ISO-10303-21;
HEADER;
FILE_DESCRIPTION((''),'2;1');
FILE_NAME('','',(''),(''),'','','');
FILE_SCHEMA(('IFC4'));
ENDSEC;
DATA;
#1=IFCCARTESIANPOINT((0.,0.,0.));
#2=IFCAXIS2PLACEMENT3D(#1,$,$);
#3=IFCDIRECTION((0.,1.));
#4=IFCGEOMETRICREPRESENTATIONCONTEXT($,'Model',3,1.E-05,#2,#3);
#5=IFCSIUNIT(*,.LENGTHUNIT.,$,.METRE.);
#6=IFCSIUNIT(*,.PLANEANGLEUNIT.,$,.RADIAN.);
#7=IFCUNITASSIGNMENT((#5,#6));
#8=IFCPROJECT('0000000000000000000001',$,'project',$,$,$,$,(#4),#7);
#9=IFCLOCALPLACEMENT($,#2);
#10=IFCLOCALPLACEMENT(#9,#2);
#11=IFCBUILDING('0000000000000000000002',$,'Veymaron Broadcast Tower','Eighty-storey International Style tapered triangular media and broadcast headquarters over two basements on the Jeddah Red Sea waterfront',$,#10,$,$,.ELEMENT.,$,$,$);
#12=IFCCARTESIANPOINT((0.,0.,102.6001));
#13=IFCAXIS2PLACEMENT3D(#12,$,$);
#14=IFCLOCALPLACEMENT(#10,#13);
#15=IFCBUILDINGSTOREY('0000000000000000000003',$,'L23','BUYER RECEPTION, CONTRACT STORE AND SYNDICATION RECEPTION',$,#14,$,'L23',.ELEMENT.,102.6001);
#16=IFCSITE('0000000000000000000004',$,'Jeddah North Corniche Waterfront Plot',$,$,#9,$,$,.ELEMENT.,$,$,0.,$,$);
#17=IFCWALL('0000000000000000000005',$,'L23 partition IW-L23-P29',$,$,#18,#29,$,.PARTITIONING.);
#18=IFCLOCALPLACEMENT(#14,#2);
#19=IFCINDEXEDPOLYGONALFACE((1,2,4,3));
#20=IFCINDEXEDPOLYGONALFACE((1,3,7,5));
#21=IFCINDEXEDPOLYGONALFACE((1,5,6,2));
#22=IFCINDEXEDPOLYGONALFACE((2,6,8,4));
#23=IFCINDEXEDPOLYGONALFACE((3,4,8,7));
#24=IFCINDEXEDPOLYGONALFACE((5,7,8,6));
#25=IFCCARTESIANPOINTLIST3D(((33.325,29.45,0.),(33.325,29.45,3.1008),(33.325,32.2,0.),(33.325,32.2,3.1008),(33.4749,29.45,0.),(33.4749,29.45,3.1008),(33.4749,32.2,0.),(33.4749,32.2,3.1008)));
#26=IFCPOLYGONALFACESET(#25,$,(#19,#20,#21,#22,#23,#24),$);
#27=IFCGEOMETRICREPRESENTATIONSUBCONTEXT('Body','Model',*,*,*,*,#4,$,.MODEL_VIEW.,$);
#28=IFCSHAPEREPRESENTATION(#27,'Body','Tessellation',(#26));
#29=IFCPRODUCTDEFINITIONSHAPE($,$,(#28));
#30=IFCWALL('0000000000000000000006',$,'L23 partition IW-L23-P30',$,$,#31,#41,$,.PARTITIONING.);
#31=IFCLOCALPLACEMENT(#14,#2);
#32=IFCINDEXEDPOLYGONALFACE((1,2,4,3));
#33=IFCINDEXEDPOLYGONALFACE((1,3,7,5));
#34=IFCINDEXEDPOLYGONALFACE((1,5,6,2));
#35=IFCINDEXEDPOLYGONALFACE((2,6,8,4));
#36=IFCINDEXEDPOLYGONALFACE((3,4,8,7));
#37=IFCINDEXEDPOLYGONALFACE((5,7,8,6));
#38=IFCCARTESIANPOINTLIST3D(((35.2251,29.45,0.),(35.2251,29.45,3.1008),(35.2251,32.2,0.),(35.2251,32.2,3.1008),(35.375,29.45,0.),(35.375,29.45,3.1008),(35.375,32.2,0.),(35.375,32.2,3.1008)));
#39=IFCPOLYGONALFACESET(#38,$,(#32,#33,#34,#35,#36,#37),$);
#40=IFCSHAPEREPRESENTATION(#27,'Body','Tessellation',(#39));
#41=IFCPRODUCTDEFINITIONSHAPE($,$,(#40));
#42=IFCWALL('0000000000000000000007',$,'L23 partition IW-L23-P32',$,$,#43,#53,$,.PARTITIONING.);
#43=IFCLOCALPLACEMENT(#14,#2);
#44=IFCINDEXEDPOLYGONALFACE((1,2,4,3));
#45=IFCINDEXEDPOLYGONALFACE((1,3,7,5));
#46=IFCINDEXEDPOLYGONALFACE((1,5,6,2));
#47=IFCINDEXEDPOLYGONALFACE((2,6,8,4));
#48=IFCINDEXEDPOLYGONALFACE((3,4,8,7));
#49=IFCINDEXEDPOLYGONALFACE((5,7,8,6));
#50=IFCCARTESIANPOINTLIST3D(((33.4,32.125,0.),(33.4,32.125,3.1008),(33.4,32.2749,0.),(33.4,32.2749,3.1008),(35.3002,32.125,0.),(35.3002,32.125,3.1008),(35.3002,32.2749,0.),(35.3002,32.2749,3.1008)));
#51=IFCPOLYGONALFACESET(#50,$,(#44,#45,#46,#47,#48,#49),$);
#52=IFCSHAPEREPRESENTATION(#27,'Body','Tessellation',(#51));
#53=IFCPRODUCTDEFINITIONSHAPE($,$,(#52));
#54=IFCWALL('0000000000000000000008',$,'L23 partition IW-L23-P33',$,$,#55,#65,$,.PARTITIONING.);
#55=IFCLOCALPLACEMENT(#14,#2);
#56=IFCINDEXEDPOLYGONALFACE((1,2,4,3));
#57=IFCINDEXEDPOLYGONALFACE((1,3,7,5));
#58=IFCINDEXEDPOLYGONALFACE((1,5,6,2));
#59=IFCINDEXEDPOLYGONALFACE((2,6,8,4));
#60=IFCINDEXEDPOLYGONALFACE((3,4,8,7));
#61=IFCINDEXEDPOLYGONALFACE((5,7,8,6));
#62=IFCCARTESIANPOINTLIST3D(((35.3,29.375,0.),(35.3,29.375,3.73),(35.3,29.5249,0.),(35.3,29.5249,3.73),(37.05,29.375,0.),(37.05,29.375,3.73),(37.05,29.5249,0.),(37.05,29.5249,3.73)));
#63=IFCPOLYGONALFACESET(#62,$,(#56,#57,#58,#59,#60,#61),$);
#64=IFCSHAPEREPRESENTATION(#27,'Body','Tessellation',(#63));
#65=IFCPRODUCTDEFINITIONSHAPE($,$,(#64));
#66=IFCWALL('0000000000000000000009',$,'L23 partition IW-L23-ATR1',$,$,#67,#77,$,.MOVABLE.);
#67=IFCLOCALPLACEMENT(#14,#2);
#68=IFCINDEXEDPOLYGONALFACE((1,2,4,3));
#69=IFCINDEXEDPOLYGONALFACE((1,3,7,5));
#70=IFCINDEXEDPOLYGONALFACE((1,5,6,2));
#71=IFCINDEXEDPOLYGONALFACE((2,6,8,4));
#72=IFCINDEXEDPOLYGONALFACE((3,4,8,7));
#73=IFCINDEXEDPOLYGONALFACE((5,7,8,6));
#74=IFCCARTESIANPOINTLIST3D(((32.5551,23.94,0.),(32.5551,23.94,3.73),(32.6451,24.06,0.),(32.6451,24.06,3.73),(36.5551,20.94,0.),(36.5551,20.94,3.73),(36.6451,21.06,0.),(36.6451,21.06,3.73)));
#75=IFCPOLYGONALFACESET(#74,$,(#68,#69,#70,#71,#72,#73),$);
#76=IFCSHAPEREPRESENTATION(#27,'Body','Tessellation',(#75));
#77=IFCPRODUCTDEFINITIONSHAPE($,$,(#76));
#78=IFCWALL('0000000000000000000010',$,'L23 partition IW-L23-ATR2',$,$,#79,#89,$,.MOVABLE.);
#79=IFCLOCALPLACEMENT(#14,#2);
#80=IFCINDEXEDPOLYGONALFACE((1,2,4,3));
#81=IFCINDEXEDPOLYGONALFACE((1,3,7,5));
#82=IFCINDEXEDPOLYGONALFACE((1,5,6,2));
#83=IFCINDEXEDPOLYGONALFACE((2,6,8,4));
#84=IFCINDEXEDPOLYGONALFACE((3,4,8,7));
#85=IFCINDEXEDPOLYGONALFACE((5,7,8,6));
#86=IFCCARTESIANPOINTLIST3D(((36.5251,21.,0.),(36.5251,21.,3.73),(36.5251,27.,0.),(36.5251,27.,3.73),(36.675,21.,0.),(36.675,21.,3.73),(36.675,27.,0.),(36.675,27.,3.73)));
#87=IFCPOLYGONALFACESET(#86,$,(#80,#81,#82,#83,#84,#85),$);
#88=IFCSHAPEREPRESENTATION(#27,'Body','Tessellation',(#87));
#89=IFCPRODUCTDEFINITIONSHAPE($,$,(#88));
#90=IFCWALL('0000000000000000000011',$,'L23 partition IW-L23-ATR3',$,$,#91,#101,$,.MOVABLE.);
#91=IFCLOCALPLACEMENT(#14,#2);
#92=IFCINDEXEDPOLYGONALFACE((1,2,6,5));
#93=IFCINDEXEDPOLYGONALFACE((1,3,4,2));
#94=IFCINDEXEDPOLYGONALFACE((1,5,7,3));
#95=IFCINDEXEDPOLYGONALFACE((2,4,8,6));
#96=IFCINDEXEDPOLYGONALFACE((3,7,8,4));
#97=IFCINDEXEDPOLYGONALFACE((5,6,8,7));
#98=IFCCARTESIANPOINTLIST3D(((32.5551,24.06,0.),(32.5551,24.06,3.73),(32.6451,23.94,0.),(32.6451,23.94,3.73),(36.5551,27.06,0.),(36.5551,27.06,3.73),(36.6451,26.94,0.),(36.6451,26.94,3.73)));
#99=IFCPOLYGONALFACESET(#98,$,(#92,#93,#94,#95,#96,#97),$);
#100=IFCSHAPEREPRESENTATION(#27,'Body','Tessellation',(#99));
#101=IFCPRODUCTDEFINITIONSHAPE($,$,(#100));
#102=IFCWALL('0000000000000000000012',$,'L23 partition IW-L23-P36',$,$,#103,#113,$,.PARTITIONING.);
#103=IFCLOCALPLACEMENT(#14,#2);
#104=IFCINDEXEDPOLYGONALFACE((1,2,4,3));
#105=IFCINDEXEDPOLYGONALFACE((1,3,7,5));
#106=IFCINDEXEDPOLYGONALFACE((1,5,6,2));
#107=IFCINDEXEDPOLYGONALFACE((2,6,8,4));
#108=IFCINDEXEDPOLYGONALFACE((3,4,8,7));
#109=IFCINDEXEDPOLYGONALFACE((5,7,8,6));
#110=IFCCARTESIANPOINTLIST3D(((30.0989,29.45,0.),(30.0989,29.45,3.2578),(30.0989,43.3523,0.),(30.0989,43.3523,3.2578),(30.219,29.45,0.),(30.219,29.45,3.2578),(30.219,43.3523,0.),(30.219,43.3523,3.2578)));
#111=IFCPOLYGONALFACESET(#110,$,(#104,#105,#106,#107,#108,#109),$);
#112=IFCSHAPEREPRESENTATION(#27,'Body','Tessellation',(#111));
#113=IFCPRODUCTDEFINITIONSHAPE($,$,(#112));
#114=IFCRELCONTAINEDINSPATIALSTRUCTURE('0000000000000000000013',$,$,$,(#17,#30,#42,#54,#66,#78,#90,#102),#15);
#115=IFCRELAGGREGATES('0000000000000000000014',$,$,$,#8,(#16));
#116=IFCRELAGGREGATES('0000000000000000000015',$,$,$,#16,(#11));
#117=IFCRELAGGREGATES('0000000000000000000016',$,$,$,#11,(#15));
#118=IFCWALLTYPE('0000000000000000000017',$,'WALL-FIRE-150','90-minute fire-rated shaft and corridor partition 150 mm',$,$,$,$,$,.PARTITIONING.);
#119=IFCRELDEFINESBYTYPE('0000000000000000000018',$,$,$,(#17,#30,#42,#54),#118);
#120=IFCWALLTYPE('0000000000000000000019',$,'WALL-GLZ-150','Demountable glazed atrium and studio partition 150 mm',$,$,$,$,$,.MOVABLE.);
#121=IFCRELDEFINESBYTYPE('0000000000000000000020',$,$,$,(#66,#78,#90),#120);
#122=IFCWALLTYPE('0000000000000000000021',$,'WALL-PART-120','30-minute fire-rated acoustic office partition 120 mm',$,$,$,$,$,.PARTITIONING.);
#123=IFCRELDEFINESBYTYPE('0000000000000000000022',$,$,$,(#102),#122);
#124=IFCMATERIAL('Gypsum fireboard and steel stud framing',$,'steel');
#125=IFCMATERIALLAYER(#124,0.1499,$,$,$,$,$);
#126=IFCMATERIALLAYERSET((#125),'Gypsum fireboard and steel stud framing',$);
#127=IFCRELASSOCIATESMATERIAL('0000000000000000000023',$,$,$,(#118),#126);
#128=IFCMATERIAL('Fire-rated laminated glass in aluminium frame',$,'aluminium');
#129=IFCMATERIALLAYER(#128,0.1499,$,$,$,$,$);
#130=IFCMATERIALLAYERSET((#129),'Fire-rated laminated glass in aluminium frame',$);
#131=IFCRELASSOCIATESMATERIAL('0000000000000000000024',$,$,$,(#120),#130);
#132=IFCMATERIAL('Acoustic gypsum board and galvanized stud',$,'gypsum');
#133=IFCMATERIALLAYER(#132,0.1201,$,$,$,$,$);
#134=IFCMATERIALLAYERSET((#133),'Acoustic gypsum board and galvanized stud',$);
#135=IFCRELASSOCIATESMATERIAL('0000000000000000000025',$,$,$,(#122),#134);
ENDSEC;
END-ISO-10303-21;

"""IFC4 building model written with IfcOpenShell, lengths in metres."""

from ifc_helpers import new_model, si_unit, direction, frame, frame_2d, origin, place, context, subcontext, project, spatial, rectangle, extrude, material, layer, layer_set, type_object, element, save


model = new_model("IFC4")

# Units and contexts
model_context = context("Model", 3, precision=1e-05, world=origin(), true_north=direction((0.0, 1.0)))
body_context = subcontext(model_context, "Body", "Model", "MODEL_VIEW")
ifc_project = project(units=[si_unit("LENGTHUNIT", "METRE"), si_unit("PLANEANGLEUNIT", "RADIAN")], contexts=[model_context])

# Site, building, storey
site_placement = place(None, origin())
site = spatial("IfcSite", under=ifc_project, at=site_placement, Name="Jeddah North Corniche Waterfront Plot", CompositionType="ELEMENT", RefElevation=0.0)
building_placement = place(site_placement, origin())
building = spatial("IfcBuilding", under=site, at=building_placement, Name="Veymaron Broadcast Tower", Description="Eighty-storey International Style tapered triangular media and broadcast headquarters over two basements on the Jeddah Red Sea waterfront", CompositionType="ELEMENT")
storey_placement = place(building_placement, frame((0.0, 0.0, 102.6001)))
storey = spatial("IfcBuildingStorey", under=building, at=storey_placement, Name="L23", Description="BUYER RECEPTION, CONTRACT STORE AND SYNDICATION RECEPTION", LongName="L23", CompositionType="ELEMENT", Elevation=102.6001)

# Shared definitions
ifc_material_1 = material(Name="Gypsum fireboard and steel stud framing", Category="steel")
ifc_layer_1 = layer(ifc_material_1, 0.1499)
ifc_layer_set_1 = layer_set([ifc_layer_1], Name="Gypsum fireboard and steel stud framing")
wall_type_1 = type_object("IfcWallType", Name="WALL-FIRE-150", Description="90-minute fire-rated shaft and corridor partition 150 mm", PredefinedType="PARTITIONING", material=ifc_layer_set_1)

# Walls
for number, where, z_axis, x_axis, name in (
    (1, (33.3999, 29.45, 0.0), (0.0, 0.0, 1.0), (0.0, 1.0, 0.0), "L23 partition IW-L23-P29"),
    (2, (35.3, 29.45, 0.0), (0.0, 0.0, 1.0), (0.0, 1.0, 0.0), "L23 partition IW-L23-P30"),
):
    element("IfcWall", number, at=place(storey_placement, frame(where, z_axis=z_axis, x_axis=x_axis)), inside=storey, type_object=wall_type_1, Name=name, PredefinedType="PARTITIONING", context=body_context, shape_type="SweptSolid", body=[
        extrude(rectangle(XDim=2.75, YDim=0.1499, at=frame_2d((1.375, 0.0))), origin(), (0.0, 0.0, 1.0), 3.1008),
    ])
wall_1_placement = place(storey_placement, frame((33.3999, 32.2, 0.0), z_axis=(0.0, 0.0, 1.0), x_axis=(1.0, 0.0, 0.0)))
element("IfcWall", 3, at=wall_1_placement, inside=storey, type_object=wall_type_1, Name="L23 partition IW-L23-P32", PredefinedType="PARTITIONING", context=body_context, shape_type="SweptSolid", body=[
    extrude(rectangle(XDim=1.9001, YDim=0.1499, at=frame_2d((0.9502, 0.0))), origin(), (0.0, 0.0, 1.0), 3.1008),
])
wall_2_placement = place(storey_placement, frame((35.3, 29.45, 0.0), z_axis=(0.0, 0.0, 1.0), x_axis=(1.0, 0.0, 0.0)))
element("IfcWall", 4, at=wall_2_placement, inside=storey, type_object=wall_type_1, Name="L23 partition IW-L23-P33", PredefinedType="PARTITIONING", context=body_context, shape_type="SweptSolid", body=[
    extrude(rectangle(XDim=1.75, YDim=0.1499, at=frame_2d((0.875, 0.0))), origin(), (0.0, 0.0, 1.0), 3.73),
])
ifc_material_2 = material(Name="Fire-rated laminated glass in aluminium frame", Category="aluminium")
ifc_layer_2 = layer(ifc_material_2, 0.1499)
ifc_layer_set_2 = layer_set([ifc_layer_2], Name="Fire-rated laminated glass in aluminium frame")
wall_type_2 = type_object("IfcWallType", Name="WALL-GLZ-150", Description="Demountable glazed atrium and studio partition 150 mm", PredefinedType="MOVABLE", material=ifc_layer_set_2)
wall_3_placement = place(storey_placement, frame((32.6001, 24.0, 0.0), z_axis=(0.0, 0.0, 1.0), x_axis=(0.8, -0.6, 0.0)))
element("IfcWall", 5, at=wall_3_placement, inside=storey, type_object=wall_type_2, Name="L23 partition IW-L23-ATR1", PredefinedType="MOVABLE", context=body_context, shape_type="SweptSolid", body=[
    extrude(rectangle(XDim=5.0, YDim=0.1499, at=frame_2d((2.5, 0.0))), origin(), (0.0, 0.0, 1.0), 3.73),
])
wall_4_placement = place(storey_placement, frame((36.6001, 21.0, 0.0), z_axis=(0.0, 0.0, 1.0), x_axis=(0.0, 1.0, 0.0)))
element("IfcWall", 6, at=wall_4_placement, inside=storey, type_object=wall_type_2, Name="L23 partition IW-L23-ATR2", PredefinedType="MOVABLE", context=body_context, shape_type="SweptSolid", body=[
    extrude(rectangle(XDim=6.0, YDim=0.1499, at=frame_2d((3.0, 0.0))), origin(), (0.0, 0.0, 1.0), 3.73),
])
wall_5_placement = place(storey_placement, frame((36.6001, 27.0, 0.0), z_axis=(0.0, 0.0, 1.0), x_axis=(-0.8, -0.6, 0.0)))
element("IfcWall", 7, at=wall_5_placement, inside=storey, type_object=wall_type_2, Name="L23 partition IW-L23-ATR3", PredefinedType="MOVABLE", context=body_context, shape_type="SweptSolid", body=[
    extrude(rectangle(XDim=5.0, YDim=0.1499, at=frame_2d((2.5, 0.0))), origin(), (0.0, 0.0, 1.0), 3.73),
])
ifc_material_3 = material(Name="Acoustic gypsum board and galvanized stud", Category="gypsum")
ifc_layer_3 = layer(ifc_material_3, 0.1201)
ifc_layer_set_3 = layer_set([ifc_layer_3], Name="Acoustic gypsum board and galvanized stud")
wall_type_3 = type_object("IfcWallType", Name="WALL-PART-120", Description="30-minute fire-rated acoustic office partition 120 mm", PredefinedType="PARTITIONING", material=ifc_layer_set_3)
wall_6_placement = place(storey_placement, frame((30.1589, 29.45, 0.0), z_axis=(0.0, 0.0, 1.0), x_axis=(0.0, 1.0, 0.0)))
element("IfcWall", 8, at=wall_6_placement, inside=storey, type_object=wall_type_3, Name="L23 partition IW-L23-P36", PredefinedType="PARTITIONING", context=body_context, shape_type="SweptSolid", body=[
    extrude(rectangle(XDim=13.9023, YDim=0.1201, at=frame_2d((6.9512, 0.0))), origin(), (0.0, 0.0, 1.0), 3.2578),
])

save(model, "model.ifc")
